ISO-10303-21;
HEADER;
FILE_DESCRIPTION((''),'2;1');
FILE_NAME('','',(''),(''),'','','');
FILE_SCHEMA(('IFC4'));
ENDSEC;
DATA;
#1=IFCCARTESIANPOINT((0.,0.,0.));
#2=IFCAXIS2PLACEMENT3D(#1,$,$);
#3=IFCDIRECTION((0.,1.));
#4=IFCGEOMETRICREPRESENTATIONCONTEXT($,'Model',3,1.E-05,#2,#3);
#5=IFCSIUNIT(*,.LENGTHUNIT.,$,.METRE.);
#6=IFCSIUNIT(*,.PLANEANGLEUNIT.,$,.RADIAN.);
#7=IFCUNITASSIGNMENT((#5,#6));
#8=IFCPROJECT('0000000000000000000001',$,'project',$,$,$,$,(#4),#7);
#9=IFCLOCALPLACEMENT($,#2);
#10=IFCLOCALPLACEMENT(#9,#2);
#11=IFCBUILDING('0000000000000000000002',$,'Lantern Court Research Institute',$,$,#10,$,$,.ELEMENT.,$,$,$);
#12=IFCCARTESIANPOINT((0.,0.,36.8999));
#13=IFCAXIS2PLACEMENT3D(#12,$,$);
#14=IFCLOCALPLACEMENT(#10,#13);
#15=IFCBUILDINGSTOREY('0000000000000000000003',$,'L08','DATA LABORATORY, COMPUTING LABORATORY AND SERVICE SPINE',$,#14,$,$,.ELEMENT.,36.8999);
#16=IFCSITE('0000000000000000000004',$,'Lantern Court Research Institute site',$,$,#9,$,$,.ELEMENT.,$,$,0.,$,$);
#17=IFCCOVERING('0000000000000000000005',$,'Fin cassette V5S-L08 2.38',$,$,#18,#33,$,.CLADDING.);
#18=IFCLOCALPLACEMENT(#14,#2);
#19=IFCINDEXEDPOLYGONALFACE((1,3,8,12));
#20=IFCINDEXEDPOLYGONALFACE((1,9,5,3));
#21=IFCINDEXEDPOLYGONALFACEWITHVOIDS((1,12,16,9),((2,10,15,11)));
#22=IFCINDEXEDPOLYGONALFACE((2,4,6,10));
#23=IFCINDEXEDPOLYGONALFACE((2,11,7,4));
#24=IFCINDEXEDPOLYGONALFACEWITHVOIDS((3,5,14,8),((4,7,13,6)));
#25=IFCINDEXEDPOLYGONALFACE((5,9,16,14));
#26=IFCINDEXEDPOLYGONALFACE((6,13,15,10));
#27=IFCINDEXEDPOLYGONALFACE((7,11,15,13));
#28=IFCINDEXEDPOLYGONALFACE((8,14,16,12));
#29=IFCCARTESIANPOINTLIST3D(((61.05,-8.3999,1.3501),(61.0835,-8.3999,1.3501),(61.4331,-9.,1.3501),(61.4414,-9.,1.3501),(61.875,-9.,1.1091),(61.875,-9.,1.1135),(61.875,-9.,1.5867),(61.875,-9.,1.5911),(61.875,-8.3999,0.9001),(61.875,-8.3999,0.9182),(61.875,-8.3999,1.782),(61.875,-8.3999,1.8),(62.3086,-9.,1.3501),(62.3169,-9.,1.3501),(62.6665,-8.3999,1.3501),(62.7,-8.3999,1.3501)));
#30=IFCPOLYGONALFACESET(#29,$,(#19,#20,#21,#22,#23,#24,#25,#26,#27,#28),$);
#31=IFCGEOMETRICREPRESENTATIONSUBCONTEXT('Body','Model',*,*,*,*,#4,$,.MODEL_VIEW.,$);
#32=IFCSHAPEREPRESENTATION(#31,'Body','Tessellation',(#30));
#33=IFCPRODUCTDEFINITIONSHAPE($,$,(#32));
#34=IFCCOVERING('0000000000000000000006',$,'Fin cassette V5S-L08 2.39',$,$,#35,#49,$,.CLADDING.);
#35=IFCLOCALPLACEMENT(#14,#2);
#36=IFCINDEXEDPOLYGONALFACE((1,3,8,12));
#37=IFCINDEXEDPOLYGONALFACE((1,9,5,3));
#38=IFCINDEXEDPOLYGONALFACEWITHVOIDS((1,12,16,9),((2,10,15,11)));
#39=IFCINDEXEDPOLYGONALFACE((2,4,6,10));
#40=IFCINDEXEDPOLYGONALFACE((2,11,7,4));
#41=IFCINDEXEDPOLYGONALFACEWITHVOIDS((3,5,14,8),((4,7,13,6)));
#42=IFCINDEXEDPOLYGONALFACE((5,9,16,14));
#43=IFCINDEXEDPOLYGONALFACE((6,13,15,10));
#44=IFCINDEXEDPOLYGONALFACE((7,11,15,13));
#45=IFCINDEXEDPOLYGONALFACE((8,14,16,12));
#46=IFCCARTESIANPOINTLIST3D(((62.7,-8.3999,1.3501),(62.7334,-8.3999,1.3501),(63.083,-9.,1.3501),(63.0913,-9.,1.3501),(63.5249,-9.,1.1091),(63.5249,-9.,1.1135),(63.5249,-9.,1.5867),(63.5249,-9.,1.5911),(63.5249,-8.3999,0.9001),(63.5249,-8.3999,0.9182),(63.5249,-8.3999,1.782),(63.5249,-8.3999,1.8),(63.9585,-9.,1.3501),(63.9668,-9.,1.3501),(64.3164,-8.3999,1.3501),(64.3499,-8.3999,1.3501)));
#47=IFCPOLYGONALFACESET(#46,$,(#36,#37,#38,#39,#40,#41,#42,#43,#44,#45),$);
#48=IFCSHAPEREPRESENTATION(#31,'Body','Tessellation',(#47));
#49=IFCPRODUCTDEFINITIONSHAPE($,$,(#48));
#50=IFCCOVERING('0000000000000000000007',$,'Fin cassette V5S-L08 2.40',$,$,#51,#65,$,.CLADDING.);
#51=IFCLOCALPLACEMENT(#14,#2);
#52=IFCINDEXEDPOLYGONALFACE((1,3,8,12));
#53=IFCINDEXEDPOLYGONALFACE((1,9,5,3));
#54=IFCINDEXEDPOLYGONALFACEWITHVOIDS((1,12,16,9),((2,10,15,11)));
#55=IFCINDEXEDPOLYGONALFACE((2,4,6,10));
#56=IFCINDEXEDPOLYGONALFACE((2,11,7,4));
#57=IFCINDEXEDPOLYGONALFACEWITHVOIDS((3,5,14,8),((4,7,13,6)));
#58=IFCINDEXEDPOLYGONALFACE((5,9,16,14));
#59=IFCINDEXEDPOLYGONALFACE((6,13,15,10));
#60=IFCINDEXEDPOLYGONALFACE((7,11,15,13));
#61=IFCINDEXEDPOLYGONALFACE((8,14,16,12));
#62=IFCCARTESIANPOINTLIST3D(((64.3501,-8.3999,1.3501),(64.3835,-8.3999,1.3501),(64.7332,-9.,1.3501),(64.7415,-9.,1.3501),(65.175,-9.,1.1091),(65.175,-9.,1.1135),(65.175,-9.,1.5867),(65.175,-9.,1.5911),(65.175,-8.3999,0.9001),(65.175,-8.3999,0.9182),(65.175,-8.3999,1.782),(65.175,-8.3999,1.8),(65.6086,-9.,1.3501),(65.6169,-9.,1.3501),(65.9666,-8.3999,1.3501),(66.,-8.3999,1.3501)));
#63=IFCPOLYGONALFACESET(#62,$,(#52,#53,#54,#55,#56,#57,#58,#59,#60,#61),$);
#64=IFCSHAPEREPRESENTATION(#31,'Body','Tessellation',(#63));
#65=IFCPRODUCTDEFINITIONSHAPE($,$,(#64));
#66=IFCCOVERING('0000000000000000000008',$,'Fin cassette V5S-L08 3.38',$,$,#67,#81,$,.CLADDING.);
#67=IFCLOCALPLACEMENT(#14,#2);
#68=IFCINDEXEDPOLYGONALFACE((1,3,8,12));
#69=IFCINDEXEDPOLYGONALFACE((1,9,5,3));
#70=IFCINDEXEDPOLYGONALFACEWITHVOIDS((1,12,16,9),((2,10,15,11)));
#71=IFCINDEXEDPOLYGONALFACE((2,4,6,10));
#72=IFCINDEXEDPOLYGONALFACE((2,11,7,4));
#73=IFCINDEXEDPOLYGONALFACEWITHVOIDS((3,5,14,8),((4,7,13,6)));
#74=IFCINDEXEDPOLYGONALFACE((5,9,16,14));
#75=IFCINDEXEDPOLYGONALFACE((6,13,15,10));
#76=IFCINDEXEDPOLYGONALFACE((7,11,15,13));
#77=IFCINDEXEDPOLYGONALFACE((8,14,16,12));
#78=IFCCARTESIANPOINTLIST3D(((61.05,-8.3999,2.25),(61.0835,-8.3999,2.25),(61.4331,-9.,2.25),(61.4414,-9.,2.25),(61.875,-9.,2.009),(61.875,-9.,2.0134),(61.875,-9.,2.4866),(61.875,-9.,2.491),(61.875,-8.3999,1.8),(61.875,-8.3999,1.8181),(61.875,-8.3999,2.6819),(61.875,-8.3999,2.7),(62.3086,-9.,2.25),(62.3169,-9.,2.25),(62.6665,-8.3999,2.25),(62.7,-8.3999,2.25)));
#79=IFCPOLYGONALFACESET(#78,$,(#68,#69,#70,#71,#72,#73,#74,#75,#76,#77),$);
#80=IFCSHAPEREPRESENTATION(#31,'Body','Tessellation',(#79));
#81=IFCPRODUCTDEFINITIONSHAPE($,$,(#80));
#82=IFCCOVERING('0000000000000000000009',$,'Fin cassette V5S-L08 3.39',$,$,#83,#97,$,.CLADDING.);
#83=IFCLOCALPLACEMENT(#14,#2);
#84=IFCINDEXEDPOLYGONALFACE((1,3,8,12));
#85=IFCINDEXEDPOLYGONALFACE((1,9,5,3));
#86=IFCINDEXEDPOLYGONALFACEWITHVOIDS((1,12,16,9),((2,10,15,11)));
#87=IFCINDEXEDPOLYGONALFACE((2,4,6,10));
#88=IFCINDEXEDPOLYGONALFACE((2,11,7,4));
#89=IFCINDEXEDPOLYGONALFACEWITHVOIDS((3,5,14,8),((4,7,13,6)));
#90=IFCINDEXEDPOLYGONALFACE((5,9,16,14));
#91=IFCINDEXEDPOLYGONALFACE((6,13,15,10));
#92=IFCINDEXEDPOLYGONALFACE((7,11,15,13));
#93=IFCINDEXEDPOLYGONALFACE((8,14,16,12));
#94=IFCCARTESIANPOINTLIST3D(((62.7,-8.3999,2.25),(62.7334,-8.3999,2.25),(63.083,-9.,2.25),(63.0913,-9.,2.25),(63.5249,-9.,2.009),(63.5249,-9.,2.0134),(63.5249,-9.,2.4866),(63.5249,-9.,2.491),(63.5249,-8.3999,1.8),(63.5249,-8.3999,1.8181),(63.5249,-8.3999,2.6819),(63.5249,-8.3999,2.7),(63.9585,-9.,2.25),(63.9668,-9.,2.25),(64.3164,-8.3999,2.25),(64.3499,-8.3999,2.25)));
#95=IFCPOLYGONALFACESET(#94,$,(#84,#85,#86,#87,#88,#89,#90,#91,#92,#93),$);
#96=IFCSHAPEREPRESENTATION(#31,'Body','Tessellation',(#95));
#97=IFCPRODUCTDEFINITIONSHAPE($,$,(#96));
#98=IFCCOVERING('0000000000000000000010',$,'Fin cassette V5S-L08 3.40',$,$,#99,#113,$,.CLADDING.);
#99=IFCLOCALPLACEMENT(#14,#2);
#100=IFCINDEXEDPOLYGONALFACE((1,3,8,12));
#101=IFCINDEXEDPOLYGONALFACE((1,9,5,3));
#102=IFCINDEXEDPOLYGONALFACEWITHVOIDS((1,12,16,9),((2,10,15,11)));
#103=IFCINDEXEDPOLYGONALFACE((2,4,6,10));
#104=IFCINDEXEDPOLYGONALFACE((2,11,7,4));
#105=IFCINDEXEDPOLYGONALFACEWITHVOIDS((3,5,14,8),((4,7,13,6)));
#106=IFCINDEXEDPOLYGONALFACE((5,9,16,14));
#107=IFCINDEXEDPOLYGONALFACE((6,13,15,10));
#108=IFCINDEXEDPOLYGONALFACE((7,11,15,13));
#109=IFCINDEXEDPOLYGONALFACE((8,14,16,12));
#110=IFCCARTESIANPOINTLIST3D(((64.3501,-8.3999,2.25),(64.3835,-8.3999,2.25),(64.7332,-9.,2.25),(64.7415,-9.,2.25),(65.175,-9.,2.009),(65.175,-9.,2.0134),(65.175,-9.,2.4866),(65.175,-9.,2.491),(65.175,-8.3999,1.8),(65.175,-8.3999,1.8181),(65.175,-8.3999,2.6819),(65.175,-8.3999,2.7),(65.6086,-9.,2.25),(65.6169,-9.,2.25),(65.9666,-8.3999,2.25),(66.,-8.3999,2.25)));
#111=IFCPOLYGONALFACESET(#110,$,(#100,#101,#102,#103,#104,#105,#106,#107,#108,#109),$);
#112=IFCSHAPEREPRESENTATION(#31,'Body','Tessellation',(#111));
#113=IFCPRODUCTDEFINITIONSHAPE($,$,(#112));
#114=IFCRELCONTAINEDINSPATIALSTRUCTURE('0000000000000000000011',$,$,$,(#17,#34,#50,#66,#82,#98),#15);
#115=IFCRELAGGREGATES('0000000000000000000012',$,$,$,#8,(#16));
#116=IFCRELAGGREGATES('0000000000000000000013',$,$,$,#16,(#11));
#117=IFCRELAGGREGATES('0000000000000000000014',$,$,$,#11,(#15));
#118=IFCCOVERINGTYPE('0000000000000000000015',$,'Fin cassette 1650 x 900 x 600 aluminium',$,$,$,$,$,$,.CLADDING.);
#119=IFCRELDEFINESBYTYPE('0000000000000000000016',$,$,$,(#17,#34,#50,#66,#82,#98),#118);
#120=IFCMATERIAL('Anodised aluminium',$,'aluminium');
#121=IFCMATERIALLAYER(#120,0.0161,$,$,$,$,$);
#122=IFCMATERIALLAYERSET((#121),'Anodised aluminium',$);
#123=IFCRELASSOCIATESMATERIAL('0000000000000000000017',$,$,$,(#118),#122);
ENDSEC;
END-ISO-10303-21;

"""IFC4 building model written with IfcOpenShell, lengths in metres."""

from ifc_helpers import new_model, entity, si_unit, direction, frame, origin, place, context, subcontext, project, spatial, material, layer, layer_set, type_object, element, save


model = new_model("IFC4")

# Units and contexts
model_context = context("Model", 3, precision=1e-05, world=origin(), true_north=direction((0.0, 1.0)))
body_context = subcontext(model_context, "Body", "Model", "MODEL_VIEW")
ifc_project = project(units=[si_unit("LENGTHUNIT", "METRE"), si_unit("PLANEANGLEUNIT", "RADIAN")], contexts=[model_context])

# Site, building, storey
site_placement = place(None, origin())
site = spatial("IfcSite", under=ifc_project, at=site_placement, Name="Lantern Court Research Institute site", CompositionType="ELEMENT", RefElevation=0.0)
building_placement = place(site_placement, origin())
building = spatial("IfcBuilding", under=site, at=building_placement, Name="Lantern Court Research Institute", CompositionType="ELEMENT")
storey_placement = place(building_placement, frame((0.0, 0.0, 36.8999)))
storey = spatial("IfcBuildingStorey", under=building, at=storey_placement, Name="L08", Description="DATA LABORATORY, COMPUTING LABORATORY AND SERVICE SPINE", CompositionType="ELEMENT", Elevation=36.8999)

# Coverings
ifc_material_1 = material(Name="Anodised aluminium", Category="aluminium")
ifc_layer_1 = layer(ifc_material_1, 0.0161)
ifc_layer_set_1 = layer_set([ifc_layer_1], Name="Anodised aluminium")
covering_type = type_object("IfcCoveringType", Name="Fin cassette 1650 x 900 x 600 aluminium", PredefinedType="CLADDING", material=ifc_layer_set_1)
covering_1_placement = place(storey_placement, frame((61.875, -8.3999, 1.3501), z_axis=(0.0, -1.0, 0.0), x_axis=(1.0, 0.0, 0.0)))
cartesian_point_1 = entity("IfcCartesianPoint", [0.825, 0.0])
cartesian_point_2 = entity("IfcCartesianPoint", [0.7915, 0.0])
cartesian_point_3 = entity("IfcCartesianPoint", [0.4419, 0.0])
cartesian_point_4 = entity("IfcCartesianPoint", [0.4336, 0.0])
element("IfcCovering", 1, at=covering_1_placement, inside=storey, type_object=covering_type, Name="Fin cassette V5S-L08 2.38", PredefinedType="CLADDING", context=body_context, shape_type="SweptSolid", body=[
    entity("IfcExtrudedAreaSolidTapered", entity("IfcArbitraryProfileDefWithVoids", "AREA", None, entity("IfcPolyline", [cartesian_point_1, entity("IfcCartesianPoint", [0.0, 0.45]), entity("IfcCartesianPoint", [-0.825, 0.0]), entity("IfcCartesianPoint", [0.0, -0.45]), cartesian_point_1]), [entity("IfcPolyline", [cartesian_point_2, entity("IfcCartesianPoint", [0.0, 0.4319]), entity("IfcCartesianPoint", [-0.7915, 0.0]), entity("IfcCartesianPoint", [0.0, -0.4319]), cartesian_point_2])]), entity("IfcAxis2Placement3D", entity("IfcCartesianPoint", [0.0, 0.0, 0.0])), entity("IfcDirection", [0.0, 0.0, 1.0]), 0.6001, entity("IfcArbitraryProfileDefWithVoids", "AREA", None, entity("IfcPolyline", [cartesian_point_3, entity("IfcCartesianPoint", [0.0, 0.241]), entity("IfcCartesianPoint", [-0.4419, 0.0]), entity("IfcCartesianPoint", [0.0, -0.241]), cartesian_point_3]), [entity("IfcPolyline", [cartesian_point_4, entity("IfcCartesianPoint", [0.0, 0.2366]), entity("IfcCartesianPoint", [-0.4336, 0.0]), entity("IfcCartesianPoint", [0.0, -0.2366]), cartesian_point_4])])),
])
covering_2_placement = place(storey_placement, frame((63.5249, -8.3999, 1.3501), z_axis=(0.0, -1.0, 0.0), x_axis=(1.0, 0.0, 0.0)))
cartesian_point_5 = entity("IfcCartesianPoint", [0.825, 0.0])
cartesian_point_6 = entity("IfcCartesianPoint", [0.7915, 0.0])
cartesian_point_7 = entity("IfcCartesianPoint", [0.4419, 0.0])
cartesian_point_8 = entity("IfcCartesianPoint", [0.4336, 0.0])
element("IfcCovering", 2, at=covering_2_placement, inside=storey, type_object=covering_type, Name="Fin cassette V5S-L08 2.39", PredefinedType="CLADDING", context=body_context, shape_type="SweptSolid", body=[
    entity("IfcExtrudedAreaSolidTapered", entity("IfcArbitraryProfileDefWithVoids", "AREA", None, entity("IfcPolyline", [cartesian_point_5, entity("IfcCartesianPoint", [0.0, 0.45]), entity("IfcCartesianPoint", [-0.825, 0.0]), entity("IfcCartesianPoint", [0.0, -0.45]), cartesian_point_5]), [entity("IfcPolyline", [cartesian_point_6, entity("IfcCartesianPoint", [0.0, 0.4319]), entity("IfcCartesianPoint", [-0.7915, 0.0]), entity("IfcCartesianPoint", [0.0, -0.4319]), cartesian_point_6])]), entity("IfcAxis2Placement3D", entity("IfcCartesianPoint", [0.0, 0.0, 0.0])), entity("IfcDirection", [0.0, 0.0, 1.0]), 0.6001, entity("IfcArbitraryProfileDefWithVoids", "AREA", None, entity("IfcPolyline", [cartesian_point_7, entity("IfcCartesianPoint", [0.0, 0.241]), entity("IfcCartesianPoint", [-0.4419, 0.0]), entity("IfcCartesianPoint", [0.0, -0.241]), cartesian_point_7]), [entity("IfcPolyline", [cartesian_point_8, entity("IfcCartesianPoint", [0.0, 0.2366]), entity("IfcCartesianPoint", [-0.4336, 0.0]), entity("IfcCartesianPoint", [0.0, -0.2366]), cartesian_point_8])])),
])
covering_3_placement = place(storey_placement, frame((65.175, -8.3999, 1.3501), z_axis=(0.0, -1.0, 0.0), x_axis=(1.0, 0.0, 0.0)))
cartesian_point_9 = entity("IfcCartesianPoint", [0.825, 0.0])
cartesian_point_10 = entity("IfcCartesianPoint", [0.7915, 0.0])
cartesian_point_11 = entity("IfcCartesianPoint", [0.4419, 0.0])
cartesian_point_12 = entity("IfcCartesianPoint", [0.4336, 0.0])
element("IfcCovering", 3, at=covering_3_placement, inside=storey, type_object=covering_type, Name="Fin cassette V5S-L08 2.40", PredefinedType="CLADDING", context=body_context, shape_type="SweptSolid", body=[
    entity("IfcExtrudedAreaSolidTapered", entity("IfcArbitraryProfileDefWithVoids", "AREA", None, entity("IfcPolyline", [cartesian_point_9, entity("IfcCartesianPoint", [0.0, 0.45]), entity("IfcCartesianPoint", [-0.825, 0.0]), entity("IfcCartesianPoint", [0.0, -0.45]), cartesian_point_9]), [entity("IfcPolyline", [cartesian_point_10, entity("IfcCartesianPoint", [0.0, 0.4319]), entity("IfcCartesianPoint", [-0.7915, 0.0]), entity("IfcCartesianPoint", [0.0, -0.4319]), cartesian_point_10])]), entity("IfcAxis2Placement3D", entity("IfcCartesianPoint", [0.0, 0.0, 0.0])), entity("IfcDirection", [0.0, 0.0, 1.0]), 0.6001, entity("IfcArbitraryProfileDefWithVoids", "AREA", None, entity("IfcPolyline", [cartesian_point_11, entity("IfcCartesianPoint", [0.0, 0.241]), entity("IfcCartesianPoint", [-0.4419, 0.0]), entity("IfcCartesianPoint", [0.0, -0.241]), cartesian_point_11]), [entity("IfcPolyline", [cartesian_point_12, entity("IfcCartesianPoint", [0.0, 0.2366]), entity("IfcCartesianPoint", [-0.4336, 0.0]), entity("IfcCartesianPoint", [0.0, -0.2366]), cartesian_point_12])])),
])
covering_4_placement = place(storey_placement, frame((61.875, -8.3999, 2.25), z_axis=(0.0, -1.0, 0.0), x_axis=(1.0, 0.0, 0.0)))
cartesian_point_13 = entity("IfcCartesianPoint", [0.825, 0.0])
cartesian_point_14 = entity("IfcCartesianPoint", [0.7915, 0.0])
cartesian_point_15 = entity("IfcCartesianPoint", [0.4419, 0.0])
cartesian_point_16 = entity("IfcCartesianPoint", [0.4336, 0.0])
element("IfcCovering", 4, at=covering_4_placement, inside=storey, type_object=covering_type, Name="Fin cassette V5S-L08 3.38", PredefinedType="CLADDING", context=body_context, shape_type="SweptSolid", body=[
    entity("IfcExtrudedAreaSolidTapered", entity("IfcArbitraryProfileDefWithVoids", "AREA", None, entity("IfcPolyline", [cartesian_point_13, entity("IfcCartesianPoint", [0.0, 0.45]), entity("IfcCartesianPoint", [-0.825, 0.0]), entity("IfcCartesianPoint", [0.0, -0.45]), cartesian_point_13]), [entity("IfcPolyline", [cartesian_point_14, entity("IfcCartesianPoint", [0.0, 0.4319]), entity("IfcCartesianPoint", [-0.7915, 0.0]), entity("IfcCartesianPoint", [0.0, -0.4319]), cartesian_point_14])]), entity("IfcAxis2Placement3D", entity("IfcCartesianPoint", [0.0, 0.0, 0.0])), entity("IfcDirection", [0.0, 0.0, 1.0]), 0.6001, entity("IfcArbitraryProfileDefWithVoids", "AREA", None, entity("IfcPolyline", [cartesian_point_15, entity("IfcCartesianPoint", [0.0, 0.241]), entity("IfcCartesianPoint", [-0.4419, 0.0]), entity("IfcCartesianPoint", [0.0, -0.241]), cartesian_point_15]), [entity("IfcPolyline", [cartesian_point_16, entity("IfcCartesianPoint", [0.0, 0.2366]), entity("IfcCartesianPoint", [-0.4336, 0.0]), entity("IfcCartesianPoint", [0.0, -0.2366]), cartesian_point_16])])),
])
covering_5_placement = place(storey_placement, frame((63.5249, -8.3999, 2.25), z_axis=(0.0, -1.0, 0.0), x_axis=(1.0, 0.0, 0.0)))
cartesian_point_17 = entity("IfcCartesianPoint", [0.825, 0.0])
cartesian_point_18 = entity("IfcCartesianPoint", [0.7915, 0.0])
cartesian_point_19 = entity("IfcCartesianPoint", [0.4419, 0.0])
cartesian_point_20 = entity("IfcCartesianPoint", [0.4336, 0.0])
element("IfcCovering", 5, at=covering_5_placement, inside=storey, type_object=covering_type, Name="Fin cassette V5S-L08 3.39", PredefinedType="CLADDING", context=body_context, shape_type="SweptSolid", body=[
    entity("IfcExtrudedAreaSolidTapered", entity("IfcArbitraryProfileDefWithVoids", "AREA", None, entity("IfcPolyline", [cartesian_point_17, entity("IfcCartesianPoint", [0.0, 0.45]), entity("IfcCartesianPoint", [-0.825, 0.0]), entity("IfcCartesianPoint", [0.0, -0.45]), cartesian_point_17]), [entity("IfcPolyline", [cartesian_point_18, entity("IfcCartesianPoint", [0.0, 0.4319]), entity("IfcCartesianPoint", [-0.7915, 0.0]), entity("IfcCartesianPoint", [0.0, -0.4319]), cartesian_point_18])]), entity("IfcAxis2Placement3D", entity("IfcCartesianPoint", [0.0, 0.0, 0.0])), entity("IfcDirection", [0.0, 0.0, 1.0]), 0.6001, entity("IfcArbitraryProfileDefWithVoids", "AREA", None, entity("IfcPolyline", [cartesian_point_19, entity("IfcCartesianPoint", [0.0, 0.241]), entity("IfcCartesianPoint", [-0.4419, 0.0]), entity("IfcCartesianPoint", [0.0, -0.241]), cartesian_point_19]), [entity("IfcPolyline", [cartesian_point_20, entity("IfcCartesianPoint", [0.0, 0.2366]), entity("IfcCartesianPoint", [-0.4336, 0.0]), entity("IfcCartesianPoint", [0.0, -0.2366]), cartesian_point_20])])),
])
covering_6_placement = place(storey_placement, frame((65.175, -8.3999, 2.25), z_axis=(0.0, -1.0, 0.0), x_axis=(1.0, 0.0, 0.0)))
cartesian_point_21 = entity("IfcCartesianPoint", [0.825, 0.0])
cartesian_point_22 = entity("IfcCartesianPoint", [0.7915, 0.0])
cartesian_point_23 = entity("IfcCartesianPoint", [0.4419, 0.0])
cartesian_point_24 = entity("IfcCartesianPoint", [0.4336, 0.0])
element("IfcCovering", 6, at=covering_6_placement, inside=storey, type_object=covering_type, Name="Fin cassette V5S-L08 3.40", PredefinedType="CLADDING", context=body_context, shape_type="SweptSolid", body=[
    entity("IfcExtrudedAreaSolidTapered", entity("IfcArbitraryProfileDefWithVoids", "AREA", None, entity("IfcPolyline", [cartesian_point_21, entity("IfcCartesianPoint", [0.0, 0.45]), entity("IfcCartesianPoint", [-0.825, 0.0]), entity("IfcCartesianPoint", [0.0, -0.45]), cartesian_point_21]), [entity("IfcPolyline", [cartesian_point_22, entity("IfcCartesianPoint", [0.0, 0.4319]), entity("IfcCartesianPoint", [-0.7915, 0.0]), entity("IfcCartesianPoint", [0.0, -0.4319]), cartesian_point_22])]), entity("IfcAxis2Placement3D", entity("IfcCartesianPoint", [0.0, 0.0, 0.0])), entity("IfcDirection", [0.0, 0.0, 1.0]), 0.6001, entity("IfcArbitraryProfileDefWithVoids", "AREA", None, entity("IfcPolyline", [cartesian_point_23, entity("IfcCartesianPoint", [0.0, 0.241]), entity("IfcCartesianPoint", [-0.4419, 0.0]), entity("IfcCartesianPoint", [0.0, -0.241]), cartesian_point_23]), [entity("IfcPolyline", [cartesian_point_24, entity("IfcCartesianPoint", [0.0, 0.2366]), entity("IfcCartesianPoint", [-0.4336, 0.0]), entity("IfcCartesianPoint", [0.0, -0.2366]), cartesian_point_24])])),
])

save(model, "model.ifc")
